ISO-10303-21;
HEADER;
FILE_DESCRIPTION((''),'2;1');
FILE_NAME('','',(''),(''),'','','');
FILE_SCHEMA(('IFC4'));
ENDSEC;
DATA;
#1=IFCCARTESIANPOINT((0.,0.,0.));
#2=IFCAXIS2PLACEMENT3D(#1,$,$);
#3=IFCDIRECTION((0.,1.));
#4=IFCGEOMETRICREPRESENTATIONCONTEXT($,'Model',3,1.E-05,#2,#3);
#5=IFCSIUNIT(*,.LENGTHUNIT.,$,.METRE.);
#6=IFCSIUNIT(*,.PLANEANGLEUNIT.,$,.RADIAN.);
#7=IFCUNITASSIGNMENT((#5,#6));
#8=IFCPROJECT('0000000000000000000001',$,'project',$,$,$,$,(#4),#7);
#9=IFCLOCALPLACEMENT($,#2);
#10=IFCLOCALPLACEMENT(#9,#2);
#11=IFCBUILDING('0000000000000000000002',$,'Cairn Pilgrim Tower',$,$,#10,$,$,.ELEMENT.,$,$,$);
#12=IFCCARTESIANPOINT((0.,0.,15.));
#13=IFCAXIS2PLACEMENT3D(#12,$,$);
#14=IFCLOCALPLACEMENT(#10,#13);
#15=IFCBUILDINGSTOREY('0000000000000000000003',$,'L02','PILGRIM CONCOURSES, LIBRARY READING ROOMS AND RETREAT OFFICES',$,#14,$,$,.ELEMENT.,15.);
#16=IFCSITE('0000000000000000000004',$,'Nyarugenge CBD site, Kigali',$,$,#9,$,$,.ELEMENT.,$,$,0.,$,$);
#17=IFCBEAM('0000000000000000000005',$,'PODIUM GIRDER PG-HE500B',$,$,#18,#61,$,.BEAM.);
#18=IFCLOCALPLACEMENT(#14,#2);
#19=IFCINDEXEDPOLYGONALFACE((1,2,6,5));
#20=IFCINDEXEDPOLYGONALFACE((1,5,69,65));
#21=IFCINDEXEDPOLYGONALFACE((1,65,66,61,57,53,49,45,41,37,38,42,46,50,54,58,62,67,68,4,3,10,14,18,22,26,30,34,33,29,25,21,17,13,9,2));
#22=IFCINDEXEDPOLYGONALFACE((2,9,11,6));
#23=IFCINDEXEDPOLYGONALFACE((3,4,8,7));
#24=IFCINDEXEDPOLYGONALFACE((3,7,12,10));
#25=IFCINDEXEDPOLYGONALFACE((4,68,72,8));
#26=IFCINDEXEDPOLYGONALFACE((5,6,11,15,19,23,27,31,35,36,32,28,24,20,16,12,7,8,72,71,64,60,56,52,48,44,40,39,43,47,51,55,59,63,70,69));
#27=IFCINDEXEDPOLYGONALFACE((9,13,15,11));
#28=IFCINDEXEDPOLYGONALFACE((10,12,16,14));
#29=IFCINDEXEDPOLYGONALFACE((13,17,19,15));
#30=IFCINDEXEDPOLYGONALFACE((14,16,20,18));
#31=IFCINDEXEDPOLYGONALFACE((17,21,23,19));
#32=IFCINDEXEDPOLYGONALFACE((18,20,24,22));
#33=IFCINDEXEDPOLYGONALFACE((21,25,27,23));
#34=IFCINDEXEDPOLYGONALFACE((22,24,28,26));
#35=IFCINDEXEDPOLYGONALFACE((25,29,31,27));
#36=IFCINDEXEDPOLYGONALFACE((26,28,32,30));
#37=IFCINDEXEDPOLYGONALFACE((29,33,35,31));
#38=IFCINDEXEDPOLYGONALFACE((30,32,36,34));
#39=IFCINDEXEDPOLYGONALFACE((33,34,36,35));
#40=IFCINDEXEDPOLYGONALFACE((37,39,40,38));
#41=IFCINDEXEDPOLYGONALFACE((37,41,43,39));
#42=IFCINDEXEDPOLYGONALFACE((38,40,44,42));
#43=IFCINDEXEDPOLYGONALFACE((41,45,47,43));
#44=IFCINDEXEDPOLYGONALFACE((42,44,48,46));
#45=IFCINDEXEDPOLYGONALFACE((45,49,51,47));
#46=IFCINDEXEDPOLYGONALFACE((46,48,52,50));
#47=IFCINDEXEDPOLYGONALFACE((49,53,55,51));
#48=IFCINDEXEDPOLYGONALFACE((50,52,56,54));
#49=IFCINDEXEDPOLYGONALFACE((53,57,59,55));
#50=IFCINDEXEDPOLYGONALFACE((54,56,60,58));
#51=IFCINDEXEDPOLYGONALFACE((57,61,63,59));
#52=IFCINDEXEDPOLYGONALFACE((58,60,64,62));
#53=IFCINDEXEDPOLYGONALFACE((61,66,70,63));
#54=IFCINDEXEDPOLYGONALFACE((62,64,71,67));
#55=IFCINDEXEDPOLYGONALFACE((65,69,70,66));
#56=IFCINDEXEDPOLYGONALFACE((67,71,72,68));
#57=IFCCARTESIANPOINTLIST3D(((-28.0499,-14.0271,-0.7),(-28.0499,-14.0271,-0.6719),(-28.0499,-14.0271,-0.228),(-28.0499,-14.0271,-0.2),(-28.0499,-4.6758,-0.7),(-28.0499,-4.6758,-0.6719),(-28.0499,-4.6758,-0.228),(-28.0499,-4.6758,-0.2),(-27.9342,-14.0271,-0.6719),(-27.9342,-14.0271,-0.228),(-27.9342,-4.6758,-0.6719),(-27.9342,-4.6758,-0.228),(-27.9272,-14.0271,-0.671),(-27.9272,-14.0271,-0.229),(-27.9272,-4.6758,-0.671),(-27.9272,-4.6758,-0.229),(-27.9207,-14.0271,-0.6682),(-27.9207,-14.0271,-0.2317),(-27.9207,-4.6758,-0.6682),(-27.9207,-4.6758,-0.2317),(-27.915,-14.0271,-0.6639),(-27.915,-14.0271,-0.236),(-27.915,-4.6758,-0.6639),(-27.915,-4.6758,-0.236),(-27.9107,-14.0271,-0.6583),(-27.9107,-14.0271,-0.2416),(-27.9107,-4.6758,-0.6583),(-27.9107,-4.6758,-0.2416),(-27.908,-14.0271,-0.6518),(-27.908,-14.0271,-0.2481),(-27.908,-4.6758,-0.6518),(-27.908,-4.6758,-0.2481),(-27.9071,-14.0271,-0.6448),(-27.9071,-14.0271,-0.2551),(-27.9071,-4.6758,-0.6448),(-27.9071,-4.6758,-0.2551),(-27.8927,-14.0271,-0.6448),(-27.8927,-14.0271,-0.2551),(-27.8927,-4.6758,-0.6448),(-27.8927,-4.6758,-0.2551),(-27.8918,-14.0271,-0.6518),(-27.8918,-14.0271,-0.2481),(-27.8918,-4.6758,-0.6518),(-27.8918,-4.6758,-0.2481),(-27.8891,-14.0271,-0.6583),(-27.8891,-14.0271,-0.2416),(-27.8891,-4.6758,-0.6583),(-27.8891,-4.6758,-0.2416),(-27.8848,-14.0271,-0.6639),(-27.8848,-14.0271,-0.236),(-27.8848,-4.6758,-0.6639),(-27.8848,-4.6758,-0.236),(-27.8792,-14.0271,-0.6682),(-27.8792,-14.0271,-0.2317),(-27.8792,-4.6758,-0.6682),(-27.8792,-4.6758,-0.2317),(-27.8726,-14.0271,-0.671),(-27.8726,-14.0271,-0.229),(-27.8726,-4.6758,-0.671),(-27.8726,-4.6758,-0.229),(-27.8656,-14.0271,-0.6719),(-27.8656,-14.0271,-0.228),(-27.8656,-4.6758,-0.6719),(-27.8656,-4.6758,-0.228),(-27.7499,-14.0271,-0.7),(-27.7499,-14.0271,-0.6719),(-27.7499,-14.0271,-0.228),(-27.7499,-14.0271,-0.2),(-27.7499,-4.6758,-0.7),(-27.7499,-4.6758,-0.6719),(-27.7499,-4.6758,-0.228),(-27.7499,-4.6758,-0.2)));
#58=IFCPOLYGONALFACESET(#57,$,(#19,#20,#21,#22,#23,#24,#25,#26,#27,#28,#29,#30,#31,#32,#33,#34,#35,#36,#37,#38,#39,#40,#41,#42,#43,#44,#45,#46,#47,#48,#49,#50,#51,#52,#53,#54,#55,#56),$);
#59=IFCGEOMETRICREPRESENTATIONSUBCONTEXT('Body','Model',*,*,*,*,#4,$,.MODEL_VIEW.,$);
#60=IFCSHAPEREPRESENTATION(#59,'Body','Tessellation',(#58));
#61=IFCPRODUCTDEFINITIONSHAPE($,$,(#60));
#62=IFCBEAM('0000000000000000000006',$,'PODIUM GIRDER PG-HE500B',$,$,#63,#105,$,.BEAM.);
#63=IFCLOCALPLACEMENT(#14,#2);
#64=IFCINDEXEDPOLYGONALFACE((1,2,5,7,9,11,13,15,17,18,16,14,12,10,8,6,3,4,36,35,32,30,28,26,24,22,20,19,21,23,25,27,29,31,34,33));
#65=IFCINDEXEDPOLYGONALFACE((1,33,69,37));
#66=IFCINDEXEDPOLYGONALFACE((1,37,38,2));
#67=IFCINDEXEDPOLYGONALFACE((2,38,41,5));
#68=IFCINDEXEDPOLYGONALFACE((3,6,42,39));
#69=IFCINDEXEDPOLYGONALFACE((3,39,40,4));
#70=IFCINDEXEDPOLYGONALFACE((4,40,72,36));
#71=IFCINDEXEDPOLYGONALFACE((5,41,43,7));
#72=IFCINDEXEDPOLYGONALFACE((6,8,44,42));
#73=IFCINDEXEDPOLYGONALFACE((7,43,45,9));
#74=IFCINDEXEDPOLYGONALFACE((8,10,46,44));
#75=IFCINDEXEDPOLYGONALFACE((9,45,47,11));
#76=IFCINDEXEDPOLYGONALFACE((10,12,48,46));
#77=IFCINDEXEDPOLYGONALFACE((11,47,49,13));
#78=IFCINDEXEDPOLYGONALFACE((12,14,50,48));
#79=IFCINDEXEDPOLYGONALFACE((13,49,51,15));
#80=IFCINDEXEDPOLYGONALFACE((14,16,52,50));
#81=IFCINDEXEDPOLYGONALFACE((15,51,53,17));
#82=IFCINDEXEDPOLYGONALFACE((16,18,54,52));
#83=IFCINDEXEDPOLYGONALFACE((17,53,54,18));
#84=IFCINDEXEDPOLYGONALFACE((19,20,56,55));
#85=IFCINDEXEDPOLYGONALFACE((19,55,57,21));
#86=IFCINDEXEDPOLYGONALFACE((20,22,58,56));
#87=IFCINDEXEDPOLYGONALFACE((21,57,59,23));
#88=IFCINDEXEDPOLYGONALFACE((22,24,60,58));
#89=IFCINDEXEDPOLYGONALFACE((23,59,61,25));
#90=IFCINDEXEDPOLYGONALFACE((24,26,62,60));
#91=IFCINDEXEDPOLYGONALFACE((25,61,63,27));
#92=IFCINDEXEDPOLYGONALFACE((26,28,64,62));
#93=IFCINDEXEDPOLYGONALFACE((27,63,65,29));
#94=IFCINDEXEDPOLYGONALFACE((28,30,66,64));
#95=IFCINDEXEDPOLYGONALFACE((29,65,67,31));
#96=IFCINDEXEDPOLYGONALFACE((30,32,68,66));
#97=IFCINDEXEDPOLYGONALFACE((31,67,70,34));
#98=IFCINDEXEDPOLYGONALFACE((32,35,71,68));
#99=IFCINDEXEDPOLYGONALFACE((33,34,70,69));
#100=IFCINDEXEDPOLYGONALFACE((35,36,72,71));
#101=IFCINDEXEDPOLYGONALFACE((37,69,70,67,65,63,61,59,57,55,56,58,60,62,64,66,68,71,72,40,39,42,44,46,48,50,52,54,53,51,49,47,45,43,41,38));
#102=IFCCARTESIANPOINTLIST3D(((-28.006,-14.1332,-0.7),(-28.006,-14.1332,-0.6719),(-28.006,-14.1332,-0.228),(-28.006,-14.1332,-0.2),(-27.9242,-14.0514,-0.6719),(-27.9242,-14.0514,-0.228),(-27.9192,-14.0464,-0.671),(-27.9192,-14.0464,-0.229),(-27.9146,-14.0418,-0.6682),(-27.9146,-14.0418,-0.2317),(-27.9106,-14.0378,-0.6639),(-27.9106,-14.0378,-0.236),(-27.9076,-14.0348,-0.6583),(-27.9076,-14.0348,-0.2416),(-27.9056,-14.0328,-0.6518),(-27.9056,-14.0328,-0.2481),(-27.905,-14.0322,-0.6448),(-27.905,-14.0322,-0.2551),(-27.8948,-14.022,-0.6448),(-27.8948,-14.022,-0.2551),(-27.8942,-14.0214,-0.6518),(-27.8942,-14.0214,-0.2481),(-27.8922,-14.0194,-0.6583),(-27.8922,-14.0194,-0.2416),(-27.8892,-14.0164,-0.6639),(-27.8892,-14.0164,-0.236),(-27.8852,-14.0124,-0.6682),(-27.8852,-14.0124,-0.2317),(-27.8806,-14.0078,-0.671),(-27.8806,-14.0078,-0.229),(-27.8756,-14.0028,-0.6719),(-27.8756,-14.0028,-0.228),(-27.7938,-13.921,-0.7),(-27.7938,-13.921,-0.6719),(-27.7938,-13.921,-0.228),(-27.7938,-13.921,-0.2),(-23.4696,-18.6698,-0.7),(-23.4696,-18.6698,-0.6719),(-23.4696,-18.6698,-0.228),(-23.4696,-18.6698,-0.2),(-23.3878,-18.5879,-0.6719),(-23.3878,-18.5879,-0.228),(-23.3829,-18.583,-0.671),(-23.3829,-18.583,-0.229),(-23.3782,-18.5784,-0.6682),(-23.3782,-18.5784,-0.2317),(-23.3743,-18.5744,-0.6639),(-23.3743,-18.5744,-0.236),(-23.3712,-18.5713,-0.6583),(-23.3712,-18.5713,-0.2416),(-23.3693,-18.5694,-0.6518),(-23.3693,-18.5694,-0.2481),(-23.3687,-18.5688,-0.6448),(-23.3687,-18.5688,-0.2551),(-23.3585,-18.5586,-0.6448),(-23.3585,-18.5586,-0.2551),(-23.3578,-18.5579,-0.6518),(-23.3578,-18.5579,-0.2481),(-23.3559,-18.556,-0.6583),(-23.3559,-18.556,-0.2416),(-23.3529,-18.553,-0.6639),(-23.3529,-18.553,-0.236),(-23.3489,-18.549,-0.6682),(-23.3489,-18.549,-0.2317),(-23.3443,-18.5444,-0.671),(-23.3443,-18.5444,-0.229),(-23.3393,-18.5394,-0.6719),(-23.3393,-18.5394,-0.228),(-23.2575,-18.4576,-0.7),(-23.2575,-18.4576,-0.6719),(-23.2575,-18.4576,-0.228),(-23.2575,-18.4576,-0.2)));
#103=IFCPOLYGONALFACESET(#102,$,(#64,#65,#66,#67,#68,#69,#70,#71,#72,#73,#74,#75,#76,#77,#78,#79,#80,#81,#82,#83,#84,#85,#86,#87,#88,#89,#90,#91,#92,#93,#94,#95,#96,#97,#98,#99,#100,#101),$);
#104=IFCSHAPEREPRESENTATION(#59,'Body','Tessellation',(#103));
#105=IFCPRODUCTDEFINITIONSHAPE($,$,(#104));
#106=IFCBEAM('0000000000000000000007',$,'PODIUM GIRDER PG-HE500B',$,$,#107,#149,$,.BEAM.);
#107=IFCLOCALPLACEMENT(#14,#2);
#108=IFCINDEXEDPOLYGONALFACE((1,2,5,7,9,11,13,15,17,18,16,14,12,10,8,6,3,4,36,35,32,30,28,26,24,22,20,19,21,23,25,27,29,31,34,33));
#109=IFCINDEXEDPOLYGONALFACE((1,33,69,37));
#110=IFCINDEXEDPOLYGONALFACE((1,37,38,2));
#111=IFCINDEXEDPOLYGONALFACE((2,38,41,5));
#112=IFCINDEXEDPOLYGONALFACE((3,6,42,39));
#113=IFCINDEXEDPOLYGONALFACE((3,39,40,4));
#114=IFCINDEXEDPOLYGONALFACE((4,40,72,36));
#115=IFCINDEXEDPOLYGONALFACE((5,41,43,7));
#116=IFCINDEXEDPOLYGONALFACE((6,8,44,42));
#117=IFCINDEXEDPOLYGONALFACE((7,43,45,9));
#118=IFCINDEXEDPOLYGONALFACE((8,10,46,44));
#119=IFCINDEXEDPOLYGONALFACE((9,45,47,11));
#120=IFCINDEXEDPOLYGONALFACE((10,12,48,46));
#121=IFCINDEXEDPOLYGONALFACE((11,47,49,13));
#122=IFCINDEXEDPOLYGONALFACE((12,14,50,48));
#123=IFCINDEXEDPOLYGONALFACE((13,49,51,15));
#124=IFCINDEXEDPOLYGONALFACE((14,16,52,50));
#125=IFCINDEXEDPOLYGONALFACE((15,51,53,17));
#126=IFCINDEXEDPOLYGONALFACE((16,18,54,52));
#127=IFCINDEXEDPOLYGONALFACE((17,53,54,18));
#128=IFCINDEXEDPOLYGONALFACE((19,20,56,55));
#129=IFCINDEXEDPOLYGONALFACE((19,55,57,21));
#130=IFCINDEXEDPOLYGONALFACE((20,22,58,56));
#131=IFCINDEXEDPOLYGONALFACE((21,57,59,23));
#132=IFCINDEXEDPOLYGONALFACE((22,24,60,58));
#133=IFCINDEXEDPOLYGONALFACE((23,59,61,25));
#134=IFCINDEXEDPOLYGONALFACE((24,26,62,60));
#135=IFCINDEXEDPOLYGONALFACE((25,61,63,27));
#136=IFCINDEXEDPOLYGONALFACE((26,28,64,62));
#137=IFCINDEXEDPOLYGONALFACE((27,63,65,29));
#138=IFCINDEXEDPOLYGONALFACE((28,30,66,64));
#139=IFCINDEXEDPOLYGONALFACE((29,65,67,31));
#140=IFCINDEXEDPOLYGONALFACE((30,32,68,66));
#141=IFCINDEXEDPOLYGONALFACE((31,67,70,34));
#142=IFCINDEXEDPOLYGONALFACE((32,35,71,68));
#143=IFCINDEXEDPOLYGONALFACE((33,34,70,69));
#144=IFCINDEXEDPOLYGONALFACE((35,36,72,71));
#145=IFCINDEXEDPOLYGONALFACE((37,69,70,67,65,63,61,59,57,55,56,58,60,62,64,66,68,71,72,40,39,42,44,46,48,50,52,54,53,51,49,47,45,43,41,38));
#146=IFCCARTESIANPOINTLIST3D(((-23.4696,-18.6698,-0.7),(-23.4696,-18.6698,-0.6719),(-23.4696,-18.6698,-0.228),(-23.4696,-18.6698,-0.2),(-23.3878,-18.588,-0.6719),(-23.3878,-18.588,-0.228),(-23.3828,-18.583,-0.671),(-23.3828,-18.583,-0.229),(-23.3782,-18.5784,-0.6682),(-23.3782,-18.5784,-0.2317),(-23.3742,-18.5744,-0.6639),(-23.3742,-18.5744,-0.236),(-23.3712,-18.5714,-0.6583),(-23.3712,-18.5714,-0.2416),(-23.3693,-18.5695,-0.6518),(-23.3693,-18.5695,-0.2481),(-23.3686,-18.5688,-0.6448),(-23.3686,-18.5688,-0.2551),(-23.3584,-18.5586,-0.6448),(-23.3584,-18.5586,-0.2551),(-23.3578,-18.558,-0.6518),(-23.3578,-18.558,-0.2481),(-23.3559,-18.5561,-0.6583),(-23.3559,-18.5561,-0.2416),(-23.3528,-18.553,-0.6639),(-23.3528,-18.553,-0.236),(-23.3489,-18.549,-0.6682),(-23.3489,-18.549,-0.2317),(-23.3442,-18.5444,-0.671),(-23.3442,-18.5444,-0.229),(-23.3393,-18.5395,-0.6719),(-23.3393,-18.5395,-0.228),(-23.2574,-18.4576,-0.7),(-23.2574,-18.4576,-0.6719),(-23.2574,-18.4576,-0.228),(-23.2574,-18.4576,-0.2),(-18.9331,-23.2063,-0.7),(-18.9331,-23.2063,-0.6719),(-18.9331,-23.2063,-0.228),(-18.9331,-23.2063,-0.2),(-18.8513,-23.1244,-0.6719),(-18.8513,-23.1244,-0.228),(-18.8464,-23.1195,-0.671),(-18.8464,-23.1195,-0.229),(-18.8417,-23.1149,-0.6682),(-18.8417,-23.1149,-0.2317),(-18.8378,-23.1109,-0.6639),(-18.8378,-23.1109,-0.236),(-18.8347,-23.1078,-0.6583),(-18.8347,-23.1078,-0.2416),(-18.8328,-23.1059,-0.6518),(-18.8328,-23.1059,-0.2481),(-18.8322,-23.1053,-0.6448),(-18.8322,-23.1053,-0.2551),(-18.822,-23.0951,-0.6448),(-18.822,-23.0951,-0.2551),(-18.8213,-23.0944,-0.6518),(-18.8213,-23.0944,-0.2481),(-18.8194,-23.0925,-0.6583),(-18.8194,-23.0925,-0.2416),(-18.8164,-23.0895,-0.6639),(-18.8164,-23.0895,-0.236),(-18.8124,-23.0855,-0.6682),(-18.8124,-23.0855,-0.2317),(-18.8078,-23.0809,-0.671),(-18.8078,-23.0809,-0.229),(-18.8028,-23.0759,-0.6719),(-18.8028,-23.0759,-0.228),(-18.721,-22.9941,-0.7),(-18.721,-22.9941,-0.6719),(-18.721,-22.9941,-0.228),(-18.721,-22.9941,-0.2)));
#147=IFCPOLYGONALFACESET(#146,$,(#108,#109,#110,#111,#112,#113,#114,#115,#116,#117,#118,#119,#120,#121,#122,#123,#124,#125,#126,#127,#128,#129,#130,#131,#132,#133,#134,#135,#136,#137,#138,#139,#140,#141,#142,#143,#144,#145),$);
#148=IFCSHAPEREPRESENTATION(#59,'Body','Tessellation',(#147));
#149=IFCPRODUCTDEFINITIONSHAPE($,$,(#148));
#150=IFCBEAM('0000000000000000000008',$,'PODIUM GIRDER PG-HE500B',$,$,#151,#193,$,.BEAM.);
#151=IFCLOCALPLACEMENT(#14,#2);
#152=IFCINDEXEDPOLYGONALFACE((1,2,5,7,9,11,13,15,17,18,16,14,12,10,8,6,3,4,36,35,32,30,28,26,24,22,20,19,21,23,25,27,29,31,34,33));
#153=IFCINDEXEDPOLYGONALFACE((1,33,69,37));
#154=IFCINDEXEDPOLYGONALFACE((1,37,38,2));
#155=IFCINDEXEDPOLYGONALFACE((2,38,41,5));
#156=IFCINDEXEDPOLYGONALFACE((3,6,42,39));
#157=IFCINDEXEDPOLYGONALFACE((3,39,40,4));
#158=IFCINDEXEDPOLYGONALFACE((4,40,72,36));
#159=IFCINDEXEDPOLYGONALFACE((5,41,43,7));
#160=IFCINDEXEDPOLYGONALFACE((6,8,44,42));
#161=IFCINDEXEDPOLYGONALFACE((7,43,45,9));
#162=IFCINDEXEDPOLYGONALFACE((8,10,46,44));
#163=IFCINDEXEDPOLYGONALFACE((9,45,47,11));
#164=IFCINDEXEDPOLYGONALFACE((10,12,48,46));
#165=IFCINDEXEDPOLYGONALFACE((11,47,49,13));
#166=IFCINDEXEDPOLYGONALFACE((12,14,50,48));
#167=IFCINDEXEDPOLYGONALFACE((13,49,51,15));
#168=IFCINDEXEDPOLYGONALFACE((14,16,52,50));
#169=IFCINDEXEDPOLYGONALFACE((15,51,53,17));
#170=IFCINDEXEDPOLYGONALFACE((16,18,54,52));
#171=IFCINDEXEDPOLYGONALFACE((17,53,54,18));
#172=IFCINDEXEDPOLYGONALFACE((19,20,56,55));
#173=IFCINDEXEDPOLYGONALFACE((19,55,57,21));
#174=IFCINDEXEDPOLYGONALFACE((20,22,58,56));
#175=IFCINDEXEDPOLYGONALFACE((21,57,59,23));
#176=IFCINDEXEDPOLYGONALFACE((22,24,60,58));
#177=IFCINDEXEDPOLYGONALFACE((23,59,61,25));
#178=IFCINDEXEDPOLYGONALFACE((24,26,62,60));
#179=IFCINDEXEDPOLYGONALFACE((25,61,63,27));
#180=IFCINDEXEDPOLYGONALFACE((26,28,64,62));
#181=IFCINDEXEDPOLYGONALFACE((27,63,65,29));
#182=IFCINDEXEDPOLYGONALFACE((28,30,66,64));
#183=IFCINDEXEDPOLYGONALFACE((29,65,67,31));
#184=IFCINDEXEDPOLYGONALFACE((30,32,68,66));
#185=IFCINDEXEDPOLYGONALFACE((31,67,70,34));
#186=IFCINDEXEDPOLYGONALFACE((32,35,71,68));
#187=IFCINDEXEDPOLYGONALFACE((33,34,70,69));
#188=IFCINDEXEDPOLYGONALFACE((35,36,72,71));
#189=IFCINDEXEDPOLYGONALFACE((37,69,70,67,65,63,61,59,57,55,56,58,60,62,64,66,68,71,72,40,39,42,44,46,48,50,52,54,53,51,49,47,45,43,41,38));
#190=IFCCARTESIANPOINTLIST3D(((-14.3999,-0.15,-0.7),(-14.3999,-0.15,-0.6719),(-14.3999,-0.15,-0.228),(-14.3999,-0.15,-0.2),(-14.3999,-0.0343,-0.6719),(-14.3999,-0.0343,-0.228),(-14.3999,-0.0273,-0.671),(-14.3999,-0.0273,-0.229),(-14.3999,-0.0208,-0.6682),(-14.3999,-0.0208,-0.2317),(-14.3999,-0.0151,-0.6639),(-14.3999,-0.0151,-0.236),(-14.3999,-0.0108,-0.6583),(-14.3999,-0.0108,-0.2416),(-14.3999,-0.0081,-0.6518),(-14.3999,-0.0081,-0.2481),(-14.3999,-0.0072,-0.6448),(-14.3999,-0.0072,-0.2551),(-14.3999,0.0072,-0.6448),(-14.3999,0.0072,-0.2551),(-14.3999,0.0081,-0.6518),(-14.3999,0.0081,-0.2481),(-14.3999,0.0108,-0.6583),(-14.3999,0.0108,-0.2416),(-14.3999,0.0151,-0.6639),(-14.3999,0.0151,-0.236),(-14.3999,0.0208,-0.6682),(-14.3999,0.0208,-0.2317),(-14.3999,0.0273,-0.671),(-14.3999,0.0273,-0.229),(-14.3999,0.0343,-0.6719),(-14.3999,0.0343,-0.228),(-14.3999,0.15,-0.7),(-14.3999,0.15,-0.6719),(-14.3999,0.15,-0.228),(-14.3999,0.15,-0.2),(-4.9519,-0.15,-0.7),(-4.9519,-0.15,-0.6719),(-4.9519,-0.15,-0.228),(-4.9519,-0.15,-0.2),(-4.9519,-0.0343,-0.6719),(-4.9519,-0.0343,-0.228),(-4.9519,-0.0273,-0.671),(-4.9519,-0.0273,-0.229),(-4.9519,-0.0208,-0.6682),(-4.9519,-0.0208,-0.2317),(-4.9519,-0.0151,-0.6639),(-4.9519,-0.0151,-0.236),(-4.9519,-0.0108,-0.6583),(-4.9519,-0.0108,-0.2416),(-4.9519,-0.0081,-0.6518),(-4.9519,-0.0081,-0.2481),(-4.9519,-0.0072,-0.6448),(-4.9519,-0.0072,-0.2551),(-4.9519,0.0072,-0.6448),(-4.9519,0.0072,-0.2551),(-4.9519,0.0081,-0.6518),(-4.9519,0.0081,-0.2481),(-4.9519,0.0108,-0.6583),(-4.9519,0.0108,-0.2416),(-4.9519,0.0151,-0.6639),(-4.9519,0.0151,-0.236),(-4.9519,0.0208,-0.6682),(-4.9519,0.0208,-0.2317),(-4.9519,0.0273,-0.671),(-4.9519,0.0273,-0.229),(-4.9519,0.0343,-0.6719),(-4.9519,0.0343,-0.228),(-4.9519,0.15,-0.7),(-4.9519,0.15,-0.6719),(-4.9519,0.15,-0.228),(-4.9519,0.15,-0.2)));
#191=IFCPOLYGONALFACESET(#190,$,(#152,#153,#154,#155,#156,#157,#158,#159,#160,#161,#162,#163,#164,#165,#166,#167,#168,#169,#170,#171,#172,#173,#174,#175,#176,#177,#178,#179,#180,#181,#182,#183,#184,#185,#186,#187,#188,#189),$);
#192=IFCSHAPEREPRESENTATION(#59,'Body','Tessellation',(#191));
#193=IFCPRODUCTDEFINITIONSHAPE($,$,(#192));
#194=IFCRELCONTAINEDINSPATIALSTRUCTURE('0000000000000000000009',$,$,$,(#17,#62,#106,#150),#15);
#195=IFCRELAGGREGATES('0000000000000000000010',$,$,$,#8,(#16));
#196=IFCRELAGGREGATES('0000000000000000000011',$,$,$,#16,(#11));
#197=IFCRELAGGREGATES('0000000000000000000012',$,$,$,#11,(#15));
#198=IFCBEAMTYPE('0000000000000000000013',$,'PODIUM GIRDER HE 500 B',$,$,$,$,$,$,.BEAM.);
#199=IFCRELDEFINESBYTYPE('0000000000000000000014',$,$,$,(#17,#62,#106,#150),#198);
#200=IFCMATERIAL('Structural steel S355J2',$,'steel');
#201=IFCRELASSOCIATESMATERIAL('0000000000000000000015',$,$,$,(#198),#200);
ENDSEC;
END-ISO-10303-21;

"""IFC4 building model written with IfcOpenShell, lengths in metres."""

from ifc_helpers import new_model, si_unit, direction, frame, origin, origin_2d, place, context, subcontext, project, spatial, i_section, extrude, material, material_profile, profile_set, type_object, element, save


model = new_model("IFC4")

# Units and contexts
model_context = context("Model", 3, precision=1e-05, world=origin(), true_north=direction((0.0, 1.0)))
body_context = subcontext(model_context, "Body", "Model", "MODEL_VIEW")
ifc_project = project(units=[si_unit("LENGTHUNIT", "METRE"), si_unit("PLANEANGLEUNIT", "RADIAN")], contexts=[model_context])

# Site, building, storey
site_placement = place(None, origin())
site = spatial("IfcSite", under=ifc_project, at=site_placement, Name="Nyarugenge CBD site, Kigali", CompositionType="ELEMENT", RefElevation=0.0)
building_placement = place(site_placement, origin())
building = spatial("IfcBuilding", under=site, at=building_placement, Name="Cairn Pilgrim Tower", CompositionType="ELEMENT")
storey_placement = place(building_placement, frame((0.0, 0.0, 15.0)))
storey = spatial("IfcBuildingStorey", under=building, at=storey_placement, Name="L02", Description="PILGRIM CONCOURSES, LIBRARY READING ROOMS AND RETREAT OFFICES", CompositionType="ELEMENT", Elevation=15.0)

# Beams
ifc_material_1 = material(Name="Structural steel S355J2", Category="steel")
ifc_material_profile_1 = material_profile(ifc_material_1, i_section(OverallWidth=0.3, OverallDepth=0.5, WebThickness=0.0144, FlangeThickness=0.0281, FilletRadius=0.0271, at=origin_2d()), Name="HEB 500")
ifc_profile_set_1 = profile_set([ifc_material_profile_1], Name="Structural steel S355J2")
beam_type_1 = type_object("IfcBeamType", Name="PODIUM GIRDER HE 500 B", PredefinedType="BEAM", material=ifc_profile_set_1)
beam_1_placement = place(storey_placement, frame((-27.8999, -4.6758, -0.45), z_axis=(0.0, -1.0, 0.0), x_axis=(1.0, 0.0, 0.0)))
element("IfcBeam", 1, at=beam_1_placement, inside=storey, type_object=beam_type_1, Name="PODIUM GIRDER PG-HE500B", PredefinedType="BEAM", context=body_context, shape_type="SweptSolid", body=[
    extrude(i_section(OverallWidth=0.3, OverallDepth=0.5, WebThickness=0.0144, FlangeThickness=0.0281, FilletRadius=0.0271, at=origin_2d()), origin(), (0.0, 0.0, 1.0), 9.3513),
])
for number, where, z_axis, x_axis, name in (
    (2, (-27.8999, -14.0271, -0.45), (0.707088, -0.707126, 0.0), (0.707126, 0.707088, 0.0), "PODIUM GIRDER PG-HE500B"),
    (3, (-23.3635, -18.5637, -0.45), (0.707107, -0.707107, 0.0), (0.707107, 0.707107, 0.0), "PODIUM GIRDER PG-HE500B"),
):
    element("IfcBeam", number, at=place(storey_placement, frame(where, z_axis=z_axis, x_axis=x_axis)), inside=storey, type_object=beam_type_1, Name=name, PredefinedType="BEAM", context=body_context, shape_type="SweptSolid", body=[
        extrude(i_section(OverallWidth=0.3, OverallDepth=0.5, WebThickness=0.0144, FlangeThickness=0.0281, FilletRadius=0.0271, at=origin_2d()), origin(), (0.0, 0.0, 1.0), 6.4155),
    ])
beam_2_placement = place(storey_placement, frame((-14.3999, 0.0, -0.45), z_axis=(1.0, 0.0, 0.0), x_axis=(0.0, 1.0, 0.0)))
element("IfcBeam", 4, at=beam_2_placement, inside=storey, type_object=beam_type_1, Name="PODIUM GIRDER PG-HE500B", PredefinedType="BEAM", context=body_context, shape_type="SweptSolid", body=[
    extrude(i_section(OverallWidth=0.3, OverallDepth=0.5, WebThickness=0.0144, FlangeThickness=0.0281, FilletRadius=0.0271, at=origin_2d()), origin(), (0.0, 0.0, 1.0), 9.448),
])

save(model, "model.ifc")
